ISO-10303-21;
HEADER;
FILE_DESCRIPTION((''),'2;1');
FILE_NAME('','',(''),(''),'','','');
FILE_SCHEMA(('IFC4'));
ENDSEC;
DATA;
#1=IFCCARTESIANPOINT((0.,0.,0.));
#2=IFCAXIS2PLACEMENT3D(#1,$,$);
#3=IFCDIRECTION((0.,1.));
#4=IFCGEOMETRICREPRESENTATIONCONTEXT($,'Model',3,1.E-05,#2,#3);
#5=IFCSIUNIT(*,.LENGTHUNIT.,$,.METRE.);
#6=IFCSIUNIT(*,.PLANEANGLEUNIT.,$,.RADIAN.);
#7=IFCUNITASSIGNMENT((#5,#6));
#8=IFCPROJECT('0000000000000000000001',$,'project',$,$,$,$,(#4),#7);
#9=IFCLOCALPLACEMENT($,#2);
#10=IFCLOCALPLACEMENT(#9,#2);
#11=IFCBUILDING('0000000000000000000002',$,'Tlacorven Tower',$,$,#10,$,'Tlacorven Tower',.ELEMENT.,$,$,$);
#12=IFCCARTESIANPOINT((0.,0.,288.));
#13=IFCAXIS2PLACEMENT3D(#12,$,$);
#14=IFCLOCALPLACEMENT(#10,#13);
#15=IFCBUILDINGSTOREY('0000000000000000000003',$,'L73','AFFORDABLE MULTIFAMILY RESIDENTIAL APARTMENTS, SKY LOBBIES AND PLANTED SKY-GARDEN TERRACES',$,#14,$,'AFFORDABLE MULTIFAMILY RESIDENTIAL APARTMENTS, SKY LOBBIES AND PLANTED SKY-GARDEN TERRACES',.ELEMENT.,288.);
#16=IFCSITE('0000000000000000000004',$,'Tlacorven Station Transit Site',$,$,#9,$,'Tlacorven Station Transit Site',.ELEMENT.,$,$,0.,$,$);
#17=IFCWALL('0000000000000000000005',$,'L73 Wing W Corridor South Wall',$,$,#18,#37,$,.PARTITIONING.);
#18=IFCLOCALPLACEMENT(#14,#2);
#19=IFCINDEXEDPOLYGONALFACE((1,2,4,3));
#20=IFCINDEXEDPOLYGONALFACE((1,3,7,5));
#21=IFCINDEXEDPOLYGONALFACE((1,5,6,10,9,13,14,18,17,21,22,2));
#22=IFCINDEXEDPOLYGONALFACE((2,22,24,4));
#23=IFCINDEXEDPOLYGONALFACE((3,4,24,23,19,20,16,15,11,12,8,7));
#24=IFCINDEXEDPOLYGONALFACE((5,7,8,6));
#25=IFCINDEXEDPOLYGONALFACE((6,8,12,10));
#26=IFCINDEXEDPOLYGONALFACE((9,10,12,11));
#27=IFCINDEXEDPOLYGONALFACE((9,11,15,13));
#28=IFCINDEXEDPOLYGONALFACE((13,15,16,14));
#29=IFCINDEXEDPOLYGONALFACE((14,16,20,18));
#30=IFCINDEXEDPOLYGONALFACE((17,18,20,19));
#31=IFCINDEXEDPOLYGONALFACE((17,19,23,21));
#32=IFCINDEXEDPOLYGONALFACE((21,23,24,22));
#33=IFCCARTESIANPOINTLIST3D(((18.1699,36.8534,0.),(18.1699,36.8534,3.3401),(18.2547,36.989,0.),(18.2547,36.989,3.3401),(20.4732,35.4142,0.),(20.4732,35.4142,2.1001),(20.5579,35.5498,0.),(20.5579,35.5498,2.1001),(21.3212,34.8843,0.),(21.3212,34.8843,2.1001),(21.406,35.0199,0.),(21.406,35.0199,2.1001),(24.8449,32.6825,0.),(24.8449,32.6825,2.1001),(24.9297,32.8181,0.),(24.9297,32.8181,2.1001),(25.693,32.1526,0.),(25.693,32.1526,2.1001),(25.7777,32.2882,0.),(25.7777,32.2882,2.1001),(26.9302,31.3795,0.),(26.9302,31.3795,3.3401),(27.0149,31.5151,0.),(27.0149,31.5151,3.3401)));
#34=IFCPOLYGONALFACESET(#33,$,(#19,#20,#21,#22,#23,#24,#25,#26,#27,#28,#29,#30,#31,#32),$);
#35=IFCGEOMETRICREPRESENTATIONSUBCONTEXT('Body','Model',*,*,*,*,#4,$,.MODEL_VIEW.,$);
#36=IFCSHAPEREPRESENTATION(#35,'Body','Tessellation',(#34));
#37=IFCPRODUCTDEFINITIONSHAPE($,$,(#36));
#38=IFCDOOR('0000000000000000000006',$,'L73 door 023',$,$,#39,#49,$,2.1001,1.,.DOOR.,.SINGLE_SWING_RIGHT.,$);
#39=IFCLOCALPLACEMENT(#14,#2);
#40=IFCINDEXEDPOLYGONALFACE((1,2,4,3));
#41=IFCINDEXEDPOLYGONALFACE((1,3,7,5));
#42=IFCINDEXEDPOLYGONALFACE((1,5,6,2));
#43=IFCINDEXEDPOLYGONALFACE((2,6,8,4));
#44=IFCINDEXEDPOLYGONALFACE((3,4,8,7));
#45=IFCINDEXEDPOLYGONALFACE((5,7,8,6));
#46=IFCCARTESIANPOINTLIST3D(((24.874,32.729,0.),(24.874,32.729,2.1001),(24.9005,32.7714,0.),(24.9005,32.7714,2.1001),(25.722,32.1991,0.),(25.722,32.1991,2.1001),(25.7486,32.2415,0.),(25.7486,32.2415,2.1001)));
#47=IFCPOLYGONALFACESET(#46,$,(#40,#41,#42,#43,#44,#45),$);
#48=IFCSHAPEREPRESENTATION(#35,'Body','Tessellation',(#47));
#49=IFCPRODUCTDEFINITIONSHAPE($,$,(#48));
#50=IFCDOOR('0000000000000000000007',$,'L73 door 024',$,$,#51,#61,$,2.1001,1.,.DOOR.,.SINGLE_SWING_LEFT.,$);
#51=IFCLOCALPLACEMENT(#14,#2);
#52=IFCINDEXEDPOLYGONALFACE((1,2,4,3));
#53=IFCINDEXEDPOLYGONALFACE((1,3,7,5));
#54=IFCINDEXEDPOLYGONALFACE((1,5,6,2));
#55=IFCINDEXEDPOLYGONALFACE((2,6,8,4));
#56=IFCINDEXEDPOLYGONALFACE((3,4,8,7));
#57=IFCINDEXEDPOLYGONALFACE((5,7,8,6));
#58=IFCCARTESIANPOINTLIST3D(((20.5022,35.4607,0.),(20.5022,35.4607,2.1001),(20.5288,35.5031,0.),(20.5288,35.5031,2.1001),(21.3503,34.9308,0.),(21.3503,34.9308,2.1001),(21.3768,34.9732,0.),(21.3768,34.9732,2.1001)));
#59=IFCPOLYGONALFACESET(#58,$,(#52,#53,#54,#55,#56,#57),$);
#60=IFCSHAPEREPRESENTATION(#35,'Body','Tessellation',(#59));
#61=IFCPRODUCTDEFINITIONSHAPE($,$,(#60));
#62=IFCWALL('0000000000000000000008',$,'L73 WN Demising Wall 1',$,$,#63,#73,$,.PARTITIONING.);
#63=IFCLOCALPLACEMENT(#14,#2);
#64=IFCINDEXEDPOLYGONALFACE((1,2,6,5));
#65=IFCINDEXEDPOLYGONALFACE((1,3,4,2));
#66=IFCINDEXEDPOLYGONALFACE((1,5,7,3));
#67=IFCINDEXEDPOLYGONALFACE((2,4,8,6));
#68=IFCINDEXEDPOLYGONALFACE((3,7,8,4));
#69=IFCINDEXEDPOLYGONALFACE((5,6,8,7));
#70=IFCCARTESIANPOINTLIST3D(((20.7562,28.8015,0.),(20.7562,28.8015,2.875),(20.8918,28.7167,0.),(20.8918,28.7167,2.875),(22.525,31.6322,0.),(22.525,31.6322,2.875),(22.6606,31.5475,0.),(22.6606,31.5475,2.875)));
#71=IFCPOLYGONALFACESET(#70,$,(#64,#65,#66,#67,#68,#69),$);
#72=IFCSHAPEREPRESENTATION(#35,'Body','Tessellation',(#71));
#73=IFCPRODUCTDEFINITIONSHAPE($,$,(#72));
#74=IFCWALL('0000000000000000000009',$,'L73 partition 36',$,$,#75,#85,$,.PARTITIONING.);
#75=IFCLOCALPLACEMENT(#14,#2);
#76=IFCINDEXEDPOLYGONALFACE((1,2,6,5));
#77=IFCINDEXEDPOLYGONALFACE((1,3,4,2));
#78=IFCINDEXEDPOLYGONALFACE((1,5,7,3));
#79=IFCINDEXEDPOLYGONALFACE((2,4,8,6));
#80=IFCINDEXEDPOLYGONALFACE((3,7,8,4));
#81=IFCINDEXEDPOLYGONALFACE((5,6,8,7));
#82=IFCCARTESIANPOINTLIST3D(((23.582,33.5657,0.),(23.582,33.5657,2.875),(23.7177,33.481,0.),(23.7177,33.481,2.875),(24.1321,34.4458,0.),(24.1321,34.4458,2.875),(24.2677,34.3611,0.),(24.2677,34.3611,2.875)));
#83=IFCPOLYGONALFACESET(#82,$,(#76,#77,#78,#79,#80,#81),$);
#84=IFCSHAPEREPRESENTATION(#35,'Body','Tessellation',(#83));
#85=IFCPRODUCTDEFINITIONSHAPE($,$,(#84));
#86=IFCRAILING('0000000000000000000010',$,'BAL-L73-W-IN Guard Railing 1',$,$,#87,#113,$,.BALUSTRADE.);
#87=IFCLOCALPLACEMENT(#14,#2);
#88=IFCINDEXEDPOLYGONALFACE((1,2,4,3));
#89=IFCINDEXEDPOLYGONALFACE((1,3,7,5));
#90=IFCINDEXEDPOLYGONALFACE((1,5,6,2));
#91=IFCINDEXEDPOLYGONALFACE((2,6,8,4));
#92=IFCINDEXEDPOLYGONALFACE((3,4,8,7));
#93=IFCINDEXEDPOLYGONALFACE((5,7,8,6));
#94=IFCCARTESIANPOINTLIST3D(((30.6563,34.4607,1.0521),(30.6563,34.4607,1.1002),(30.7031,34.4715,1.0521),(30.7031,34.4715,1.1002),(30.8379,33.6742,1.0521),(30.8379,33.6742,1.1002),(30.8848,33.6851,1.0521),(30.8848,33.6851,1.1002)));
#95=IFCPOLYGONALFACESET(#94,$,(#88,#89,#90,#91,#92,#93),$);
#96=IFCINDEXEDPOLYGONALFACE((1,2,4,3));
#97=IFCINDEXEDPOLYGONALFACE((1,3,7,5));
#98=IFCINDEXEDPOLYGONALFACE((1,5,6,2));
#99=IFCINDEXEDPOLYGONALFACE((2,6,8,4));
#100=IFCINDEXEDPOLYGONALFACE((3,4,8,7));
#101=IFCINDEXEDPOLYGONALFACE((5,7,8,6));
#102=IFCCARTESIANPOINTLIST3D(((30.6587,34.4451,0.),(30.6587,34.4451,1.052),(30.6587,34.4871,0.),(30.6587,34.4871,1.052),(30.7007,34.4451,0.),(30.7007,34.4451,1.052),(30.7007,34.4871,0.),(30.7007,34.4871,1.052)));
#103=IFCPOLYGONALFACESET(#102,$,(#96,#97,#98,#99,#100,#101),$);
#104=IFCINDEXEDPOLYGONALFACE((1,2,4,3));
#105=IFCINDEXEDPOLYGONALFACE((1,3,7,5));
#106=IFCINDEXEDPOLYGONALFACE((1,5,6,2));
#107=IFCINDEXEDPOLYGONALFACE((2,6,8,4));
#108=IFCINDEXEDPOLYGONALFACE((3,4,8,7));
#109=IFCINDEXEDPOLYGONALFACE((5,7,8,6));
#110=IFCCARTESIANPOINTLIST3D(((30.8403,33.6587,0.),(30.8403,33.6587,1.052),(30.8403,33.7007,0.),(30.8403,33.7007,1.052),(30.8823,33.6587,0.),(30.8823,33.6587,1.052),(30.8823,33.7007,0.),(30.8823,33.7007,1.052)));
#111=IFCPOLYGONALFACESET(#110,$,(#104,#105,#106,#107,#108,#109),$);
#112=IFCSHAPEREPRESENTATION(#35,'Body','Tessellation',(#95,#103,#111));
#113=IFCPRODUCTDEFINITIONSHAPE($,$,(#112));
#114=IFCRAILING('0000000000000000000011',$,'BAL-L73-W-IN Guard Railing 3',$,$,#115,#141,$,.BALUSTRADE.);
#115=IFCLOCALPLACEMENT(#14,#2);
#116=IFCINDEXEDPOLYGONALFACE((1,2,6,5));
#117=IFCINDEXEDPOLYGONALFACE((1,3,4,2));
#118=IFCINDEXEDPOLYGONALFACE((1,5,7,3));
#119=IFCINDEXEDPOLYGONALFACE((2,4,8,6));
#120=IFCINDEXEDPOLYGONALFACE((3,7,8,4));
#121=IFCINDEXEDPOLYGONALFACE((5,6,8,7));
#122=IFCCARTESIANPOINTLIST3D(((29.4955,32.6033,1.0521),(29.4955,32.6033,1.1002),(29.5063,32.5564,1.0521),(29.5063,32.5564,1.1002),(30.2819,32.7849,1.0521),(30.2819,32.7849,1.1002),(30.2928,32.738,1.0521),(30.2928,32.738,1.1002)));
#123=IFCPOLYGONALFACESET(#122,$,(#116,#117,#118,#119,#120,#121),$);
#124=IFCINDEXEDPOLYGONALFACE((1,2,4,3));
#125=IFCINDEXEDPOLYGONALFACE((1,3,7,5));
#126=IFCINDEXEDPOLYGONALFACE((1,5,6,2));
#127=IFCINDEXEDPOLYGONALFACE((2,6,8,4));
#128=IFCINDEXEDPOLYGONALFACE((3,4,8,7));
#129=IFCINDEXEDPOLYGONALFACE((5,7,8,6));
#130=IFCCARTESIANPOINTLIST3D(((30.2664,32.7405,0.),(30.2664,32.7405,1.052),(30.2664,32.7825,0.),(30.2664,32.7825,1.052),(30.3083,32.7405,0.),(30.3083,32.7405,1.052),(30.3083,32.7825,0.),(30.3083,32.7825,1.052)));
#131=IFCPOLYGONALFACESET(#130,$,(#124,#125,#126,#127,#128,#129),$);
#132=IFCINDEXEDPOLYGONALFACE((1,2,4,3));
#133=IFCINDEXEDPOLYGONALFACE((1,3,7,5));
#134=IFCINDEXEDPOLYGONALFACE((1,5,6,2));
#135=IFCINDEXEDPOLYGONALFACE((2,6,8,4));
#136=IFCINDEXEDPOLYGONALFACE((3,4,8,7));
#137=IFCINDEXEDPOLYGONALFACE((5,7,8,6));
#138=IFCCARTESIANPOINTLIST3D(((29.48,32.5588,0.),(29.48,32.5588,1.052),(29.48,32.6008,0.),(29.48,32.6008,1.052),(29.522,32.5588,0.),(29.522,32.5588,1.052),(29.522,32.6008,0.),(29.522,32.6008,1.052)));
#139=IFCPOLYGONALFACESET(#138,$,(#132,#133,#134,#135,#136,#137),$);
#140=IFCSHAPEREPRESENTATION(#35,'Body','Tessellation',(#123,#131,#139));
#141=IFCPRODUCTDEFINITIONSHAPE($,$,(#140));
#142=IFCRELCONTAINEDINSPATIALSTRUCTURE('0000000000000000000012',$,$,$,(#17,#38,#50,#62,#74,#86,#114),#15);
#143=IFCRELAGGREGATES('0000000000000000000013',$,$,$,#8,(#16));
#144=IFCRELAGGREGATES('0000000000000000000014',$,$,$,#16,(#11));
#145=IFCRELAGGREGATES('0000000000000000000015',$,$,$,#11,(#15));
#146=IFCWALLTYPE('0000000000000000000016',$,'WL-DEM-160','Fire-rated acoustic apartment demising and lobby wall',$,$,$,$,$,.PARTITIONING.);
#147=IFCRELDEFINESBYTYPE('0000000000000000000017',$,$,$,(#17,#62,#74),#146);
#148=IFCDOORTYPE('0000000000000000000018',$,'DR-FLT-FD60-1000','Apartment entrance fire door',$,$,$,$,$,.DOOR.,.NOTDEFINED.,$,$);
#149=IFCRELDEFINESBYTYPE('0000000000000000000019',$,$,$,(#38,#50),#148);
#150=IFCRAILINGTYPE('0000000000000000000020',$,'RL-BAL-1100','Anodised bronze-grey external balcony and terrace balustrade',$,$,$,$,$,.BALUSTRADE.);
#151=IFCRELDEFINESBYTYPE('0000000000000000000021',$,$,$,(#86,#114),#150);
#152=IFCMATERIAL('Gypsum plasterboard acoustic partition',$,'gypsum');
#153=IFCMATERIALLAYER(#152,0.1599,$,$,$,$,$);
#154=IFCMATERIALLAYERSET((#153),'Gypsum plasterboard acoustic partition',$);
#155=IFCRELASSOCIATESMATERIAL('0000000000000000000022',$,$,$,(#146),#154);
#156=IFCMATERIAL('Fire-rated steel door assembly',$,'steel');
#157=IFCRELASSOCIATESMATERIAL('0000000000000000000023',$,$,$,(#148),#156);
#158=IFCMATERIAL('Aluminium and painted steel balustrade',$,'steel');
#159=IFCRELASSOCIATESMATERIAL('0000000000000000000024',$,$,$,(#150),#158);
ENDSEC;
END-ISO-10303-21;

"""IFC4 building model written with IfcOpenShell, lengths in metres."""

from ifc_helpers import new_model, si_unit, direction, frame, frame_2d, origin, origin_2d, place, context, subcontext, project, spatial, rectangle, extrude, source, transform, mapped, material, layer, layer_set, type_object, element, fill, save


model = new_model("IFC4")

# Units and contexts
model_context = context("Model", 3, precision=1e-05, world=origin(), true_north=direction((0.0, 1.0)))
body_context = subcontext(model_context, "Body", "Model", "MODEL_VIEW")
ifc_project = project(units=[si_unit("LENGTHUNIT", "METRE"), si_unit("PLANEANGLEUNIT", "RADIAN")], contexts=[model_context])

# Site, building, storey
site_placement = place(None, origin())
site = spatial("IfcSite", under=ifc_project, at=site_placement, Name="Tlacorven Station Transit Site", LongName="Tlacorven Station Transit Site", CompositionType="ELEMENT", RefElevation=0.0)
building_placement = place(site_placement, origin())
building = spatial("IfcBuilding", under=site, at=building_placement, Name="Tlacorven Tower", LongName="Tlacorven Tower", CompositionType="ELEMENT")
storey_placement = place(building_placement, frame((0.0, 0.0, 288.0)))
storey = spatial("IfcBuildingStorey", under=building, at=storey_placement, Name="L73", Description="AFFORDABLE MULTIFAMILY RESIDENTIAL APARTMENTS, SKY LOBBIES AND PLANTED SKY-GARDEN TERRACES", LongName="AFFORDABLE MULTIFAMILY RESIDENTIAL APARTMENTS, SKY LOBBIES AND PLANTED SKY-GARDEN TERRACES", CompositionType="ELEMENT", Elevation=288.0)

# Shared definitions
ifc_material_1 = material(Name="Gypsum plasterboard acoustic partition", Category="gypsum")
ifc_layer = layer(ifc_material_1, 0.1599)
ifc_layer_set = layer_set([ifc_layer], Name="Gypsum plasterboard acoustic partition")
wall_type = type_object("IfcWallType", Name="WL-DEM-160", Description="Fire-rated acoustic apartment demising and lobby wall", PredefinedType="PARTITIONING", material=ifc_layer_set)

# Wall, openings, doors
wall_1_placement = place(storey_placement, frame((26.9727, 31.4473, 0.0), z_axis=(0.0, 0.0, 1.0), x_axis=(-0.848054, 0.52991, 0.0)))
wall_1 = element("IfcWall", 1, at=wall_1_placement, inside=storey, type_object=wall_type, Name="L73 Wing W Corridor South Wall", PredefinedType="PARTITIONING", context=body_context, shape_type="SweptSolid", body=[
    extrude(rectangle(XDim=10.3298, YDim=0.1599, at=frame_2d((5.165, 0.0))), origin(), (0.0, 0.0, 1.0), 3.3401),
])
opening_1_placement = place(wall_1_placement, frame((1.459, 0.0, 0.0)))
opening_1 = element("IfcOpeningElement", 2, at=opening_1_placement, cuts=wall_1, PredefinedType="OPENING", context=body_context, shape_type="SweptSolid", body=[
    extrude(rectangle(XDim=1.0, YDim=2.1001, at=frame_2d((0.5, 1.05))), frame((0.0, 0.0898, 0.0), z_axis=(0.0, -1.0, 0.0), x_axis=(1.0, 0.0, 0.0)), (0.0, 0.0, 1.0), 0.1799),
])
opening_2_placement = place(wall_1_placement, frame((6.614, 0.0, 0.0)))
opening_2 = element("IfcOpeningElement", 3, at=opening_2_placement, cuts=wall_1, PredefinedType="OPENING", context=body_context, shape_type="SweptSolid", body=[
    extrude(rectangle(XDim=1.0, YDim=2.1001, at=frame_2d((0.5, 1.05))), frame((0.0, 0.0898, 0.0), z_axis=(0.0, -1.0, 0.0), x_axis=(1.0, 0.0, 0.0)), (0.0, 0.0, 1.0), 0.1799),
])
ifc_material_2 = material(Name="Fire-rated steel door assembly", Category="steel")
door_type = type_object("IfcDoorType", Name="DR-FLT-FD60-1000", Description="Apartment entrance fire door", OperationType="NOTDEFINED", PredefinedType="DOOR", material=ifc_material_2)
shared_shape_1 = source(origin(), body_context, "Body", "SweptSolid", [
    extrude(rectangle(XDim=1.0, YDim=2.1001, at=frame_2d((0.5, 1.05))), frame((0.0, 0.0249, 0.0), z_axis=(0.0, -1.0, 0.0), x_axis=(1.0, 0.0, 0.0)), (0.0, 0.0, 1.0), 0.05),
])
door_1_placement = place(opening_1_placement, frame((1.0, 0.0, 0.0), z_axis=(0.0, 0.0, 1.0), x_axis=(-1.0, 0.0, 0.0)))
door_1 = element("IfcDoor", 4, at=door_1_placement, inside=storey, type_object=door_type, Name="L73 door 023", OperationType="SINGLE_SWING_RIGHT", OverallHeight=2.1001, OverallWidth=1.0, PredefinedType="DOOR", context=body_context, shape_type="MappedRepresentation", body=[
    mapped(shared_shape_1, transform((0.0, 0.0, 0.0), scale=1.0)),
])
fill(opening_1, door_1)
door_2_placement = place(opening_2_placement, frame((1.0, 0.0, 0.0), z_axis=(0.0, 0.0, 1.0), x_axis=(-1.0, 0.0, 0.0)))
door_2 = element("IfcDoor", 5, at=door_2_placement, inside=storey, type_object=door_type, Name="L73 door 024", OperationType="SINGLE_SWING_LEFT", OverallHeight=2.1001, OverallWidth=1.0, PredefinedType="DOOR", context=body_context, shape_type="MappedRepresentation", body=[
    mapped(shared_shape_1, transform((0.0, 0.0, 0.0), scale=1.0)),
])
fill(opening_2, door_2)

# Walls
wall_2_placement = place(storey_placement, frame((22.5928, 31.5898, 0.0), z_axis=(0.0, 0.0, 1.0), x_axis=(-0.5299, -0.84806, 0.0)))
element("IfcWall", 6, at=wall_2_placement, inside=storey, type_object=wall_type, Name="L73 WN Demising Wall 1", PredefinedType="PARTITIONING", context=body_context, shape_type="SweptSolid", body=[
    extrude(rectangle(XDim=3.3379, YDim=0.1599, at=frame_2d((1.6689, 0.0))), origin(), (0.0, 0.0, 1.0), 2.875),
])
wall_3_placement = place(storey_placement, frame((24.2, 34.4036, 0.0), z_axis=(0.0, 0.0, 1.0), x_axis=(-0.529978, -0.848012, 0.0)))
element("IfcWall", 7, at=wall_3_placement, inside=storey, type_object=wall_type, Name="L73 partition 36", PredefinedType="PARTITIONING", context=body_context, shape_type="SweptSolid", body=[
    extrude(rectangle(XDim=1.0378, YDim=0.1599, at=frame_2d((0.519, 0.0))), origin(), (0.0, 0.0, 1.0), 2.875),
])

# Railings
ifc_material_3 = material(Name="Aluminium and painted steel balustrade", Category="steel")
railing_type = type_object("IfcRailingType", Name="RL-BAL-1100", Description="Anodised bronze-grey external balcony and terrace balustrade", PredefinedType="BALUSTRADE", material=ifc_material_3)
shared_shape_2 = source(origin(), body_context, "Body", "SweptSolid", [
    extrude(rectangle(XDim=0.0481, YDim=0.0481, at=origin_2d()), frame((0.0, 0.0, 1.0762), z_axis=(0.225058, -0.974345, 0.0), x_axis=(0.974345, 0.225058, 0.0)), (0.0, 0.0, 1.0), 0.8071),
    extrude(rectangle(XDim=0.042, YDim=0.042, at=origin_2d()), origin(), (0.0, 0.0, 1.0), 1.052),
    extrude(rectangle(XDim=0.042, YDim=0.042, at=origin_2d()), frame((0.1816, -0.7864, 0.0)), (0.0, 0.0, 1.0), 1.052),
])
railing_1_placement = place(storey_placement, frame((30.6797, 34.4661, 0.0)))
element("IfcRailing", 8, at=railing_1_placement, inside=storey, type_object=railing_type, Name="BAL-L73-W-IN Guard Railing 1", PredefinedType="BALUSTRADE", context=body_context, shape_type="MappedRepresentation", body=[
    mapped(shared_shape_2, transform((0.0, 0.0, 0.0), scale=1.0)),
])
shared_shape_3 = source(origin(), body_context, "Body", "SweptSolid", [
    extrude(rectangle(XDim=0.0481, YDim=0.0481, at=origin_2d()), frame((0.0, 0.0, 1.0762), z_axis=(-0.974345, -0.225058, 0.0), x_axis=(0.225058, -0.974345, 0.0)), (0.0, 0.0, 1.0), 0.8071),
    extrude(rectangle(XDim=0.042, YDim=0.042, at=origin_2d()), origin(), (0.0, 0.0, 1.0), 1.052),
    extrude(rectangle(XDim=0.042, YDim=0.042, at=origin_2d()), frame((-0.7864, -0.1816, 0.0)), (0.0, 0.0, 1.0), 1.052),
])
railing_2_placement = place(storey_placement, frame((30.2874, 32.7615, 0.0)))
element("IfcRailing", 9, at=railing_2_placement, inside=storey, type_object=railing_type, Name="BAL-L73-W-IN Guard Railing 3", PredefinedType="BALUSTRADE", context=body_context, shape_type="MappedRepresentation", body=[
    mapped(shared_shape_3, transform((0.0, 0.0, 0.0), scale=1.0)),
])

save(model, "model.ifc")
